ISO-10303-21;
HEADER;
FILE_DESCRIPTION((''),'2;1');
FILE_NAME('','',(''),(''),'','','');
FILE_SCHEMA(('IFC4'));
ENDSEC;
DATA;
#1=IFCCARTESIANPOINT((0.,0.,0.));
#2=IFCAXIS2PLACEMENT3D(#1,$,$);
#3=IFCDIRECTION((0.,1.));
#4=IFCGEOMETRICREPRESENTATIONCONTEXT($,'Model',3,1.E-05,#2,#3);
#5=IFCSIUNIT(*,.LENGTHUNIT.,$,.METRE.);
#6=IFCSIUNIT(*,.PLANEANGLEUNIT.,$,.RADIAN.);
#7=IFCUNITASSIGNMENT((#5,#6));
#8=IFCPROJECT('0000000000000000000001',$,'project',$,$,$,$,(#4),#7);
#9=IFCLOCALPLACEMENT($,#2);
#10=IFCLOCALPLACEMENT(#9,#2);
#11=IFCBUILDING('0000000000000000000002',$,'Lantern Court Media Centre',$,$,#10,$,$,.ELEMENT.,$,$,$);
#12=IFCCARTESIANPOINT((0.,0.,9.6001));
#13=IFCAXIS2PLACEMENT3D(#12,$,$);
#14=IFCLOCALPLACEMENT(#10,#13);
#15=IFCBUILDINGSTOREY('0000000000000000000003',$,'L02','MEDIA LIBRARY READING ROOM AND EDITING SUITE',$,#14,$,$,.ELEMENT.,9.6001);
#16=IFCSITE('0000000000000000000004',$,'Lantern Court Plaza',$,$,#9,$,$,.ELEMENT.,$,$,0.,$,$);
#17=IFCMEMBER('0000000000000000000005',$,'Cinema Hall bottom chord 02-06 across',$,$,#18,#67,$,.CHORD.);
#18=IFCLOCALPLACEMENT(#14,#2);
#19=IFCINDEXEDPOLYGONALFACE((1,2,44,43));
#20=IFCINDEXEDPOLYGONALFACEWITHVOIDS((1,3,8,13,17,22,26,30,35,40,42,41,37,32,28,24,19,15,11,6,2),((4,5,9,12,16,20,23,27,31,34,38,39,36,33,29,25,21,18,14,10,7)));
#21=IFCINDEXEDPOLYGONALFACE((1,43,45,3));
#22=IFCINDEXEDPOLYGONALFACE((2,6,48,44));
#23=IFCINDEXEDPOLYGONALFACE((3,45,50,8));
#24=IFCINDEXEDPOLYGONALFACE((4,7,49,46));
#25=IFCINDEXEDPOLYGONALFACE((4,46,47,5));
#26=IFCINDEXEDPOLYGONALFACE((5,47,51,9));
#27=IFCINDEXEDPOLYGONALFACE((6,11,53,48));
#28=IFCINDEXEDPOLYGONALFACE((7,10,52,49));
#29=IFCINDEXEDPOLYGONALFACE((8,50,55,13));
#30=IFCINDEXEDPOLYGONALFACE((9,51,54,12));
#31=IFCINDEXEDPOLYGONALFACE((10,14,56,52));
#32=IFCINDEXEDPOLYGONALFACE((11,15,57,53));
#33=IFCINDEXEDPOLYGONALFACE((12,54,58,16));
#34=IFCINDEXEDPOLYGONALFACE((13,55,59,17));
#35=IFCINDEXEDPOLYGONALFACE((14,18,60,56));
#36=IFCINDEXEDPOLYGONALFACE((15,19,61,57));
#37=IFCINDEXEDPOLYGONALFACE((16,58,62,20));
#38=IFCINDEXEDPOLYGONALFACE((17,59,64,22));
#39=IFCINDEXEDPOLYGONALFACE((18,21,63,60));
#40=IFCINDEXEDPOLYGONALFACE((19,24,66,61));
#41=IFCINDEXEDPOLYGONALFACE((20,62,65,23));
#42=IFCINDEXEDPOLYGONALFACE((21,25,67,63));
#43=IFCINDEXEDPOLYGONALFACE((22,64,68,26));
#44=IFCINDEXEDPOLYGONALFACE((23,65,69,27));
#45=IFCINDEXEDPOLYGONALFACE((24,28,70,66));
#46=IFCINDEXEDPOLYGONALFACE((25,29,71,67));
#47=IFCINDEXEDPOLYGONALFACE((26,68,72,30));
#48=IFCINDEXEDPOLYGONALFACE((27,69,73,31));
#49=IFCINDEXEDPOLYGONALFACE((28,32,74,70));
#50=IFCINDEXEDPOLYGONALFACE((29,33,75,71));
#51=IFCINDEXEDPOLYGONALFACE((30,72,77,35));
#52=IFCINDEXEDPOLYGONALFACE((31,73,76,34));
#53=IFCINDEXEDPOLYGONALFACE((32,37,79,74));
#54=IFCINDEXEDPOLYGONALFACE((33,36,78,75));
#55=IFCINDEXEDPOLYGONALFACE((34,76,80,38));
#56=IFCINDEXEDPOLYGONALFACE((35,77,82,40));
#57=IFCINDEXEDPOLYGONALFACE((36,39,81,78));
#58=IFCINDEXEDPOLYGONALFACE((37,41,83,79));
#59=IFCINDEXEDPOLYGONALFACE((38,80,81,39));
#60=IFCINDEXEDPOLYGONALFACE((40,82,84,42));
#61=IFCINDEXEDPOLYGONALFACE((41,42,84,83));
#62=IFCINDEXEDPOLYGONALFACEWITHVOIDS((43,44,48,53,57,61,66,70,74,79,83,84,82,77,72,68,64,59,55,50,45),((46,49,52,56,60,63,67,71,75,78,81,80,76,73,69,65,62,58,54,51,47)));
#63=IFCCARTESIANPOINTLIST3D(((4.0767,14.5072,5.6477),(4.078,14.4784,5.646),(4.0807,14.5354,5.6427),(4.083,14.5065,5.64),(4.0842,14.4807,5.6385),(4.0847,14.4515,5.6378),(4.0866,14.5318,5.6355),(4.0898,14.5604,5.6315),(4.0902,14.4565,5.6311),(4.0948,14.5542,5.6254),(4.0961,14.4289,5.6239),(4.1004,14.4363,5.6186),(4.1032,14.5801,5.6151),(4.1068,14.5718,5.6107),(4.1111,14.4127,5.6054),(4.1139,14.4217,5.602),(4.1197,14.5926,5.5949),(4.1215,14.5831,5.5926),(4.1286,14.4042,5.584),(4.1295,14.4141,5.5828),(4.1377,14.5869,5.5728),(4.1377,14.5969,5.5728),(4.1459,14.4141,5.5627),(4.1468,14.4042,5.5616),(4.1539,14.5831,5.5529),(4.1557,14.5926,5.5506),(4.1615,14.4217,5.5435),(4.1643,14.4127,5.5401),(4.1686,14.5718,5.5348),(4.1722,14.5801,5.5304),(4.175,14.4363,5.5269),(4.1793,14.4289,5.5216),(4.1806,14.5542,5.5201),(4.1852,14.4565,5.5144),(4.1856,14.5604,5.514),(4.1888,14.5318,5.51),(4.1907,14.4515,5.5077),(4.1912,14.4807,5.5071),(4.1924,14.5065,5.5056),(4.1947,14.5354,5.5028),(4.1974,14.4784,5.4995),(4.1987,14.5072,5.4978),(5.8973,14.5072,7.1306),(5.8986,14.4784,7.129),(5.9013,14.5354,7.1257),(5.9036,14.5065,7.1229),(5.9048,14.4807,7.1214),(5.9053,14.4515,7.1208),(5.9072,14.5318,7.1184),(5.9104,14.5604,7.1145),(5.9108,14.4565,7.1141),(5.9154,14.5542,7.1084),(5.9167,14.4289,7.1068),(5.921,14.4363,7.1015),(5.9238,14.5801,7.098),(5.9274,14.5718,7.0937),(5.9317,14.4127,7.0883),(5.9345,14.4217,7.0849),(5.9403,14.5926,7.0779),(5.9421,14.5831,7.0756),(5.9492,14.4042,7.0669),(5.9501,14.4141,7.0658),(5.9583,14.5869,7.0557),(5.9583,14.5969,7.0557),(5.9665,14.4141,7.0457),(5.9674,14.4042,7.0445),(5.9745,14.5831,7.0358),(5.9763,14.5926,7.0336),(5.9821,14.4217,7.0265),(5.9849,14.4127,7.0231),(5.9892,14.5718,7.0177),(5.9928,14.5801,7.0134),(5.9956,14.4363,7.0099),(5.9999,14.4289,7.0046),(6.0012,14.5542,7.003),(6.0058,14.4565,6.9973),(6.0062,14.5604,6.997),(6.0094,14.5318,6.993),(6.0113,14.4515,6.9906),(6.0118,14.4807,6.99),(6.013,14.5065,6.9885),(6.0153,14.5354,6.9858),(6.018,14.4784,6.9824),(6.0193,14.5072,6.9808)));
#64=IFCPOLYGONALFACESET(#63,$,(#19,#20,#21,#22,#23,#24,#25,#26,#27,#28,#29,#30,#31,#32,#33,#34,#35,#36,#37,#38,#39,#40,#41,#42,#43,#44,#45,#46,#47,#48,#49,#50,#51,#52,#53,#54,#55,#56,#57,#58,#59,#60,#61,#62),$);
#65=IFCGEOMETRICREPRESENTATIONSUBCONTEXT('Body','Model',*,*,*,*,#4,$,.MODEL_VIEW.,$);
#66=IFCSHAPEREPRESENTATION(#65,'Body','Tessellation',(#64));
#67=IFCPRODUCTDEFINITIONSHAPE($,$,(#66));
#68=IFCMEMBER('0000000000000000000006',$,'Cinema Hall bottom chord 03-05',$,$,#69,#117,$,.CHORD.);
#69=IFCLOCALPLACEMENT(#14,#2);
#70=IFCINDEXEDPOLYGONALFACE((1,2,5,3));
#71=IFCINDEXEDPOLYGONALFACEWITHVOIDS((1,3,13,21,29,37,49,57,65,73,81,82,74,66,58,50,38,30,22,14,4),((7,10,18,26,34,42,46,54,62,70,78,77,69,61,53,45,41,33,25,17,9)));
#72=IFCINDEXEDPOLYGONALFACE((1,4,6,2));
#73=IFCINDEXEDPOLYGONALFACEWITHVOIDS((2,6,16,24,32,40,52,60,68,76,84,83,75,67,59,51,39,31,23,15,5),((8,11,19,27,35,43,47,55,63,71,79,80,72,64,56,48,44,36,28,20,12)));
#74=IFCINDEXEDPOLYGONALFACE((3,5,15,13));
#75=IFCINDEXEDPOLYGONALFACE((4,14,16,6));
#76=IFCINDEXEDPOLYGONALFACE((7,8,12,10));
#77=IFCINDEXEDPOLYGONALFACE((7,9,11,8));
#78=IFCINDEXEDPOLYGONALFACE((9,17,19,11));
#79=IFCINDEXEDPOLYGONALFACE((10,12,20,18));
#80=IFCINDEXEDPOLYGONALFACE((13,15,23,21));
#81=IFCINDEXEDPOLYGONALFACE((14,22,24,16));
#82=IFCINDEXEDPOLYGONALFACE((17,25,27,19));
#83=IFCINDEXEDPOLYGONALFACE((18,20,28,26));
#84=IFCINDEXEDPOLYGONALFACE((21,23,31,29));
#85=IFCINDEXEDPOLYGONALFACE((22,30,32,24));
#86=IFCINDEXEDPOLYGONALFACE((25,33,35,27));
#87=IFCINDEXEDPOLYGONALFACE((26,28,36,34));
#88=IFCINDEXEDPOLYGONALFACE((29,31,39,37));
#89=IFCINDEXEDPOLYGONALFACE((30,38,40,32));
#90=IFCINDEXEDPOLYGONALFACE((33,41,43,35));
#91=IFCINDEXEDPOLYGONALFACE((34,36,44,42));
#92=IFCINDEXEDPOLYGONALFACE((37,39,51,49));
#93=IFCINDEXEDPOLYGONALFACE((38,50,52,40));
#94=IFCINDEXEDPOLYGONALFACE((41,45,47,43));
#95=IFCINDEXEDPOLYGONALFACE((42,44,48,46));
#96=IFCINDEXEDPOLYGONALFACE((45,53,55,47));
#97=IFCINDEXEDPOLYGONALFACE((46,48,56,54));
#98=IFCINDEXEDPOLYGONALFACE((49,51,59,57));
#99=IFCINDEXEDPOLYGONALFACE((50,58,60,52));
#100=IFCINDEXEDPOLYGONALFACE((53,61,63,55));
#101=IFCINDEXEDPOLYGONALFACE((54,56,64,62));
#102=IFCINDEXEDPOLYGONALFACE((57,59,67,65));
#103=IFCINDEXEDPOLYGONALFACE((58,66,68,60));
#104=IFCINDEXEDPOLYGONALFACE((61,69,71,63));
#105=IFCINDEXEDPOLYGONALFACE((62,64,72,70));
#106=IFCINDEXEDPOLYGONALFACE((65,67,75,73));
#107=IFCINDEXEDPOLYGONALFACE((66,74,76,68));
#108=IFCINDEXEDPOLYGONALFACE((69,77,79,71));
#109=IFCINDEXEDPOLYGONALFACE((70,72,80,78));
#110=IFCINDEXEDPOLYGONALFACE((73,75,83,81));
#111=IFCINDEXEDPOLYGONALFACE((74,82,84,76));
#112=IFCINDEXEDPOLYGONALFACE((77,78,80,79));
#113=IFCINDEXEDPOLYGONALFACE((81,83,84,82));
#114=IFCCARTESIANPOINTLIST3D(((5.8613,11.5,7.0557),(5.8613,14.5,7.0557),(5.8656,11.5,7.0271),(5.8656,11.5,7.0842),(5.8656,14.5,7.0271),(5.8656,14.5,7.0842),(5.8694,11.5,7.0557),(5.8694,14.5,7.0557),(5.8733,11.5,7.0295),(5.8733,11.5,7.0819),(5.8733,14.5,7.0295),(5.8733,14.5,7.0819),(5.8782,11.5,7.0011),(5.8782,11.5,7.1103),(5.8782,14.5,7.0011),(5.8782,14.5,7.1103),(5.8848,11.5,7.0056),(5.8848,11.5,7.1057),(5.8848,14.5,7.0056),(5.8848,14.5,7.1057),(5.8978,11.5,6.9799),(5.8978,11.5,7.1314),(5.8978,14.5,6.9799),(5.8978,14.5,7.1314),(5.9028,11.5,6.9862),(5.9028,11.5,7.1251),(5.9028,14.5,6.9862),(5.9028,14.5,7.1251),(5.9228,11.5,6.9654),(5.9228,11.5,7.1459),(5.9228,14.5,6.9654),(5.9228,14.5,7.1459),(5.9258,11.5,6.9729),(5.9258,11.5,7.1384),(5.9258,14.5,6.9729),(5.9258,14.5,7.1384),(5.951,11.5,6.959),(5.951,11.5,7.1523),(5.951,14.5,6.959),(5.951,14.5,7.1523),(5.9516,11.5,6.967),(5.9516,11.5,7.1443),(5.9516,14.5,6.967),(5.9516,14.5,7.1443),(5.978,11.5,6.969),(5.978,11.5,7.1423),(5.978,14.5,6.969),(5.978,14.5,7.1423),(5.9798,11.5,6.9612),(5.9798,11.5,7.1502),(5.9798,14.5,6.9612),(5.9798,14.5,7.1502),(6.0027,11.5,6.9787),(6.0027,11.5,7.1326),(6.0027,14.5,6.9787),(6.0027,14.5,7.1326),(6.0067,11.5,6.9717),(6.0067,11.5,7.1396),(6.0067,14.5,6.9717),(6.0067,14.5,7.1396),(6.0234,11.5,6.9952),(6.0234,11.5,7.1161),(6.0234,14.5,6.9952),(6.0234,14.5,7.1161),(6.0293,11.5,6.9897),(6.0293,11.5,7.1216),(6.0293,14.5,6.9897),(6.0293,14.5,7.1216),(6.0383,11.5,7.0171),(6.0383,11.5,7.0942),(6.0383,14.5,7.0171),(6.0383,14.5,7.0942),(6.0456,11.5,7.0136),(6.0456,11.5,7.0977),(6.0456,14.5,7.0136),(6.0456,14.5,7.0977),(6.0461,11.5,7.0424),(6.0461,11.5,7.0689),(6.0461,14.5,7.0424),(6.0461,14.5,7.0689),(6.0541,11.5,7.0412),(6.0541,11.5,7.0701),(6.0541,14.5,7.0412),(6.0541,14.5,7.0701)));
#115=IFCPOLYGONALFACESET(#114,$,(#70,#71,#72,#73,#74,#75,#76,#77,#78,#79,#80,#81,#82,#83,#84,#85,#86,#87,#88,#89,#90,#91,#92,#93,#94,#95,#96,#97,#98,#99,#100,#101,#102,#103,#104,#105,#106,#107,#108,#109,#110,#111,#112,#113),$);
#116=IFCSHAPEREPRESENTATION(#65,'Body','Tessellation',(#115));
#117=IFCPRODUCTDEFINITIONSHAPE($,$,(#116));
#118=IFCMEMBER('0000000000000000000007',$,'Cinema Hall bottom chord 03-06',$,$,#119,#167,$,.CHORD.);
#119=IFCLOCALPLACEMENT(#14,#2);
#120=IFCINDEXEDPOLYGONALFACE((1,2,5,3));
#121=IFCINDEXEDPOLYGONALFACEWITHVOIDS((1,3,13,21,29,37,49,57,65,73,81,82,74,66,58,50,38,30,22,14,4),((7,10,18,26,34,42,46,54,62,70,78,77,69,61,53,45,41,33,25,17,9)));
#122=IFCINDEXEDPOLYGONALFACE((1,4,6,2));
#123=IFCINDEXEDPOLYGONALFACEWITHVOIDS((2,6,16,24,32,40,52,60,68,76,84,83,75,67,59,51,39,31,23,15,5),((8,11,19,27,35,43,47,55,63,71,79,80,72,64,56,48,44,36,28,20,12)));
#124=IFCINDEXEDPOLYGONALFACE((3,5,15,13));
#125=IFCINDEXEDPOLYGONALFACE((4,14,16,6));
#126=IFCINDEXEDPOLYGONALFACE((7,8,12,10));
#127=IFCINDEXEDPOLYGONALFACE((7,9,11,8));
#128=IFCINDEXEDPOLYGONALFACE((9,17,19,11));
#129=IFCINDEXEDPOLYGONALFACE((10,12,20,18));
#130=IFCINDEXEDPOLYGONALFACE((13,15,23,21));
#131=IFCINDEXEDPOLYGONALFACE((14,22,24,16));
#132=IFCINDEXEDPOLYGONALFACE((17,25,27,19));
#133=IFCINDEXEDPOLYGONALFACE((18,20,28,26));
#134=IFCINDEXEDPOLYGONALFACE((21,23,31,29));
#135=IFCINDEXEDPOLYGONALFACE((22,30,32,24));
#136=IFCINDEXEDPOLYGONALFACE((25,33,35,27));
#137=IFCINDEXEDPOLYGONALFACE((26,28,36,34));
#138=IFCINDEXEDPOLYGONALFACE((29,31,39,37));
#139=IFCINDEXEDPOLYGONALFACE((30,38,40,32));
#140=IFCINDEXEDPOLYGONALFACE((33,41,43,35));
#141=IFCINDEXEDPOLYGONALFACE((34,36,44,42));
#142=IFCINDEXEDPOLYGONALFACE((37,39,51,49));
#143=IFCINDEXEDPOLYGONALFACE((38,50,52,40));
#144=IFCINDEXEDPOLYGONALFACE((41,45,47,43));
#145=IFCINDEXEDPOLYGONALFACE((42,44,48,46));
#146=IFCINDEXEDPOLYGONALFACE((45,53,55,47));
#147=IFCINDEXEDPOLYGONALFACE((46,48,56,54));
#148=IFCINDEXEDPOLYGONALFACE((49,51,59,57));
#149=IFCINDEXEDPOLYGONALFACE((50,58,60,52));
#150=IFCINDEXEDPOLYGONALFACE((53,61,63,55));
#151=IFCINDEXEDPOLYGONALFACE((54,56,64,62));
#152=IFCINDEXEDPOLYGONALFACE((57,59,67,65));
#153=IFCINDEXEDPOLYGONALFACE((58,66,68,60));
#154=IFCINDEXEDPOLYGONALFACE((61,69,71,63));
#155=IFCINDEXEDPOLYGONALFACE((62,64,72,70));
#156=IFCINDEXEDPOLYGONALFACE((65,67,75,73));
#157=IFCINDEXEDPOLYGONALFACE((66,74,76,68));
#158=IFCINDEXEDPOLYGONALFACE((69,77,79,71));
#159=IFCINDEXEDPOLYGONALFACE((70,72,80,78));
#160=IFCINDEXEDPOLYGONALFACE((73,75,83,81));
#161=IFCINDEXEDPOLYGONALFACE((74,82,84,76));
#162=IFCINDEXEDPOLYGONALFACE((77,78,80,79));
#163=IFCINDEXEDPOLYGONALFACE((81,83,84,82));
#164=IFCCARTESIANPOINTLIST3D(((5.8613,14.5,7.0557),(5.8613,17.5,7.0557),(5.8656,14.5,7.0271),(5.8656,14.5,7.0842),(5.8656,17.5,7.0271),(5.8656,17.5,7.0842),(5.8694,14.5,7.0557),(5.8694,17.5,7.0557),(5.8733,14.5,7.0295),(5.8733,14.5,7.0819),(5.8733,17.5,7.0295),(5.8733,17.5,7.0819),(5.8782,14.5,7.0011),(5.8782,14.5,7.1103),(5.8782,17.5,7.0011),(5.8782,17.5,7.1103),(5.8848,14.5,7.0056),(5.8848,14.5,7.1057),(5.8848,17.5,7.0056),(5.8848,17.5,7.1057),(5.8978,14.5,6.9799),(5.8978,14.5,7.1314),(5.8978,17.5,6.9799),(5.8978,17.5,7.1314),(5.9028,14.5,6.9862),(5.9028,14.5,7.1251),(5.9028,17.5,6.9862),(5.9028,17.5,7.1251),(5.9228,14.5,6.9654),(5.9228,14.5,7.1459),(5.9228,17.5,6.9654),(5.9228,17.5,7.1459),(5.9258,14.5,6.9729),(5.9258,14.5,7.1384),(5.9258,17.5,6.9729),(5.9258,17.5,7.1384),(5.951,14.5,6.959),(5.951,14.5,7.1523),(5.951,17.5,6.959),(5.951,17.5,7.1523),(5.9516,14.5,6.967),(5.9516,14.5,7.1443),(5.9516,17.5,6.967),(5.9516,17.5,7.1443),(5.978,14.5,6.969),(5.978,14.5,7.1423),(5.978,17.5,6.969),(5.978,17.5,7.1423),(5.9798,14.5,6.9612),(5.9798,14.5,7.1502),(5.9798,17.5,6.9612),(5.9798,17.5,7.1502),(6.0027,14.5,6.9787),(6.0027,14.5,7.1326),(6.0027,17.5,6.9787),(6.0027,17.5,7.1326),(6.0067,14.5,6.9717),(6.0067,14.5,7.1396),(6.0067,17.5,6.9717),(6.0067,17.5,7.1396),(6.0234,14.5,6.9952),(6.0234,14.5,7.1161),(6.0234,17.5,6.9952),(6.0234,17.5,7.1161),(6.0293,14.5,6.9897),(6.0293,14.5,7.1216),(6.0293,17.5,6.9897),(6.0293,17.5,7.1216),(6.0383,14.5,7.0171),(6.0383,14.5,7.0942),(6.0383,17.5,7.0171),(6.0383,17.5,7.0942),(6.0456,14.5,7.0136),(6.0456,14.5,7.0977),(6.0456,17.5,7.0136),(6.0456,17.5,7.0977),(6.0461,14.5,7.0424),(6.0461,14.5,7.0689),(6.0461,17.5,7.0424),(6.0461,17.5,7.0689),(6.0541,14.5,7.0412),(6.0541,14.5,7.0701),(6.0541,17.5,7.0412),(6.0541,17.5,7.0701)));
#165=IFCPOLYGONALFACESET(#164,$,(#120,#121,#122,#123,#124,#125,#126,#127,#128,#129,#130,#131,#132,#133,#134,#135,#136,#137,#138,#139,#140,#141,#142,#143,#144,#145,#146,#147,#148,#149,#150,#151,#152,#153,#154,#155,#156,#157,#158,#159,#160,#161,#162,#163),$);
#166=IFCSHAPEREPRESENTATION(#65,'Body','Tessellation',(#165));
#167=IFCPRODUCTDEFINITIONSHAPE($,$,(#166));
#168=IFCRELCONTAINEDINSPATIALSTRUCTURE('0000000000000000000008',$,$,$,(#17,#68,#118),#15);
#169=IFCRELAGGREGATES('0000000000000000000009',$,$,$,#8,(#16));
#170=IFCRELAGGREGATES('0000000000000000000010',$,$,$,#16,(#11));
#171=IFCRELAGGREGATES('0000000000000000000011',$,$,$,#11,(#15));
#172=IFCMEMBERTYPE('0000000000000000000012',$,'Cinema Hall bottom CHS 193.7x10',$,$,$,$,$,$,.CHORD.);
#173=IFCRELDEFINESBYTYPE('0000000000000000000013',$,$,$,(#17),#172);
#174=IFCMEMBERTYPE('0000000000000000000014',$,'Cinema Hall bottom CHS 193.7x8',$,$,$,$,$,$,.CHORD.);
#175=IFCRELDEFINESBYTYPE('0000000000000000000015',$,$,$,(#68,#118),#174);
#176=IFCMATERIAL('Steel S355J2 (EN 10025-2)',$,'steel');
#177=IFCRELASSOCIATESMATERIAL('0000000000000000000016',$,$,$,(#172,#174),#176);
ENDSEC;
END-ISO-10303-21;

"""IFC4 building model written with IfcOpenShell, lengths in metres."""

from ifc_helpers import new_model, si_unit, direction, frame, origin, origin_2d, place, context, subcontext, project, spatial, hollow_circle, extrude, material, material_profile, profile_set, type_object, element, save


model = new_model("IFC4")

# Units and contexts
model_context = context("Model", 3, precision=1e-05, world=origin(), true_north=direction((0.0, 1.0)))
body_context = subcontext(model_context, "Body", "Model", "MODEL_VIEW")
ifc_project = project(units=[si_unit("LENGTHUNIT", "METRE"), si_unit("PLANEANGLEUNIT", "RADIAN")], contexts=[model_context])

# Site, building, storey
site_placement = place(None, origin())
site = spatial("IfcSite", under=ifc_project, at=site_placement, Name="Lantern Court Plaza", CompositionType="ELEMENT", RefElevation=0.0)
building_placement = place(site_placement, origin())
building = spatial("IfcBuilding", under=site, at=building_placement, Name="Lantern Court Media Centre", CompositionType="ELEMENT")
storey_placement = place(building_placement, frame((0.0, 0.0, 9.6001)))
storey = spatial("IfcBuildingStorey", under=building, at=storey_placement, Name="L02", Description="MEDIA LIBRARY READING ROOM AND EDITING SUITE", CompositionType="ELEMENT", Elevation=9.6001)

# Members
ifc_material = material(Name="Steel S355J2 (EN 10025-2)", Category="steel")
ifc_material_profile_1 = material_profile(ifc_material, hollow_circle(Radius=0.0969, WallThickness=0.01, at=origin_2d()), Name="Cinema Hall bottom CHS 193.7x10")
ifc_profile_set_1 = profile_set([ifc_material_profile_1], Name="Steel S355J2 (EN 10025-2)")
member_type_1 = type_object("IfcMemberType", Name="Cinema Hall bottom CHS 193.7x10", PredefinedType="CHORD", material=ifc_profile_set_1)
member_1_placement = place(storey_placement, frame((4.1377, 14.5, 5.5728), z_axis=(0.775341, 0.0, 0.631543), x_axis=(0.0, 1.0, 0.0)))
element("IfcMember", 1, at=member_1_placement, inside=storey, type_object=member_type_1, Name="Cinema Hall bottom chord 02-06 across", PredefinedType="CHORD", context=body_context, shape_type="SweptSolid", body=[
    extrude(hollow_circle(Radius=0.0969, WallThickness=0.01, at=origin_2d()), origin(), (0.0, 0.0, 1.0), 2.3481),
])
ifc_material_profile_2 = material_profile(ifc_material, hollow_circle(Radius=0.0969, WallThickness=0.0081, at=origin_2d()), Name="Cinema Hall bottom CHS 193.7x8")
ifc_profile_set_2 = profile_set([ifc_material_profile_2], Name="Steel S355J2 (EN 10025-2)")
member_type_2 = type_object("IfcMemberType", Name="Cinema Hall bottom CHS 193.7x8", PredefinedType="CHORD", material=ifc_profile_set_2)
for number, where, z_axis, x_axis, name in (
    (2, (5.9583, 11.5, 7.0557), (0.0, 1.0, 0.0), (-1.0, 0.0, 0.0), "Cinema Hall bottom chord 03-05"),
    (3, (5.9583, 14.5, 7.0557), (0.0, 1.0, 0.0), (-1.0, 0.0, 0.0), "Cinema Hall bottom chord 03-06"),
):
    element("IfcMember", number, at=place(storey_placement, frame(where, z_axis=z_axis, x_axis=x_axis)), inside=storey, type_object=member_type_2, Name=name, PredefinedType="CHORD", context=body_context, shape_type="SweptSolid", body=[
        extrude(hollow_circle(Radius=0.0969, WallThickness=0.0081, at=origin_2d()), origin(), (0.0, 0.0, 1.0), 3.0),
    ])

save(model, "model.ifc")
